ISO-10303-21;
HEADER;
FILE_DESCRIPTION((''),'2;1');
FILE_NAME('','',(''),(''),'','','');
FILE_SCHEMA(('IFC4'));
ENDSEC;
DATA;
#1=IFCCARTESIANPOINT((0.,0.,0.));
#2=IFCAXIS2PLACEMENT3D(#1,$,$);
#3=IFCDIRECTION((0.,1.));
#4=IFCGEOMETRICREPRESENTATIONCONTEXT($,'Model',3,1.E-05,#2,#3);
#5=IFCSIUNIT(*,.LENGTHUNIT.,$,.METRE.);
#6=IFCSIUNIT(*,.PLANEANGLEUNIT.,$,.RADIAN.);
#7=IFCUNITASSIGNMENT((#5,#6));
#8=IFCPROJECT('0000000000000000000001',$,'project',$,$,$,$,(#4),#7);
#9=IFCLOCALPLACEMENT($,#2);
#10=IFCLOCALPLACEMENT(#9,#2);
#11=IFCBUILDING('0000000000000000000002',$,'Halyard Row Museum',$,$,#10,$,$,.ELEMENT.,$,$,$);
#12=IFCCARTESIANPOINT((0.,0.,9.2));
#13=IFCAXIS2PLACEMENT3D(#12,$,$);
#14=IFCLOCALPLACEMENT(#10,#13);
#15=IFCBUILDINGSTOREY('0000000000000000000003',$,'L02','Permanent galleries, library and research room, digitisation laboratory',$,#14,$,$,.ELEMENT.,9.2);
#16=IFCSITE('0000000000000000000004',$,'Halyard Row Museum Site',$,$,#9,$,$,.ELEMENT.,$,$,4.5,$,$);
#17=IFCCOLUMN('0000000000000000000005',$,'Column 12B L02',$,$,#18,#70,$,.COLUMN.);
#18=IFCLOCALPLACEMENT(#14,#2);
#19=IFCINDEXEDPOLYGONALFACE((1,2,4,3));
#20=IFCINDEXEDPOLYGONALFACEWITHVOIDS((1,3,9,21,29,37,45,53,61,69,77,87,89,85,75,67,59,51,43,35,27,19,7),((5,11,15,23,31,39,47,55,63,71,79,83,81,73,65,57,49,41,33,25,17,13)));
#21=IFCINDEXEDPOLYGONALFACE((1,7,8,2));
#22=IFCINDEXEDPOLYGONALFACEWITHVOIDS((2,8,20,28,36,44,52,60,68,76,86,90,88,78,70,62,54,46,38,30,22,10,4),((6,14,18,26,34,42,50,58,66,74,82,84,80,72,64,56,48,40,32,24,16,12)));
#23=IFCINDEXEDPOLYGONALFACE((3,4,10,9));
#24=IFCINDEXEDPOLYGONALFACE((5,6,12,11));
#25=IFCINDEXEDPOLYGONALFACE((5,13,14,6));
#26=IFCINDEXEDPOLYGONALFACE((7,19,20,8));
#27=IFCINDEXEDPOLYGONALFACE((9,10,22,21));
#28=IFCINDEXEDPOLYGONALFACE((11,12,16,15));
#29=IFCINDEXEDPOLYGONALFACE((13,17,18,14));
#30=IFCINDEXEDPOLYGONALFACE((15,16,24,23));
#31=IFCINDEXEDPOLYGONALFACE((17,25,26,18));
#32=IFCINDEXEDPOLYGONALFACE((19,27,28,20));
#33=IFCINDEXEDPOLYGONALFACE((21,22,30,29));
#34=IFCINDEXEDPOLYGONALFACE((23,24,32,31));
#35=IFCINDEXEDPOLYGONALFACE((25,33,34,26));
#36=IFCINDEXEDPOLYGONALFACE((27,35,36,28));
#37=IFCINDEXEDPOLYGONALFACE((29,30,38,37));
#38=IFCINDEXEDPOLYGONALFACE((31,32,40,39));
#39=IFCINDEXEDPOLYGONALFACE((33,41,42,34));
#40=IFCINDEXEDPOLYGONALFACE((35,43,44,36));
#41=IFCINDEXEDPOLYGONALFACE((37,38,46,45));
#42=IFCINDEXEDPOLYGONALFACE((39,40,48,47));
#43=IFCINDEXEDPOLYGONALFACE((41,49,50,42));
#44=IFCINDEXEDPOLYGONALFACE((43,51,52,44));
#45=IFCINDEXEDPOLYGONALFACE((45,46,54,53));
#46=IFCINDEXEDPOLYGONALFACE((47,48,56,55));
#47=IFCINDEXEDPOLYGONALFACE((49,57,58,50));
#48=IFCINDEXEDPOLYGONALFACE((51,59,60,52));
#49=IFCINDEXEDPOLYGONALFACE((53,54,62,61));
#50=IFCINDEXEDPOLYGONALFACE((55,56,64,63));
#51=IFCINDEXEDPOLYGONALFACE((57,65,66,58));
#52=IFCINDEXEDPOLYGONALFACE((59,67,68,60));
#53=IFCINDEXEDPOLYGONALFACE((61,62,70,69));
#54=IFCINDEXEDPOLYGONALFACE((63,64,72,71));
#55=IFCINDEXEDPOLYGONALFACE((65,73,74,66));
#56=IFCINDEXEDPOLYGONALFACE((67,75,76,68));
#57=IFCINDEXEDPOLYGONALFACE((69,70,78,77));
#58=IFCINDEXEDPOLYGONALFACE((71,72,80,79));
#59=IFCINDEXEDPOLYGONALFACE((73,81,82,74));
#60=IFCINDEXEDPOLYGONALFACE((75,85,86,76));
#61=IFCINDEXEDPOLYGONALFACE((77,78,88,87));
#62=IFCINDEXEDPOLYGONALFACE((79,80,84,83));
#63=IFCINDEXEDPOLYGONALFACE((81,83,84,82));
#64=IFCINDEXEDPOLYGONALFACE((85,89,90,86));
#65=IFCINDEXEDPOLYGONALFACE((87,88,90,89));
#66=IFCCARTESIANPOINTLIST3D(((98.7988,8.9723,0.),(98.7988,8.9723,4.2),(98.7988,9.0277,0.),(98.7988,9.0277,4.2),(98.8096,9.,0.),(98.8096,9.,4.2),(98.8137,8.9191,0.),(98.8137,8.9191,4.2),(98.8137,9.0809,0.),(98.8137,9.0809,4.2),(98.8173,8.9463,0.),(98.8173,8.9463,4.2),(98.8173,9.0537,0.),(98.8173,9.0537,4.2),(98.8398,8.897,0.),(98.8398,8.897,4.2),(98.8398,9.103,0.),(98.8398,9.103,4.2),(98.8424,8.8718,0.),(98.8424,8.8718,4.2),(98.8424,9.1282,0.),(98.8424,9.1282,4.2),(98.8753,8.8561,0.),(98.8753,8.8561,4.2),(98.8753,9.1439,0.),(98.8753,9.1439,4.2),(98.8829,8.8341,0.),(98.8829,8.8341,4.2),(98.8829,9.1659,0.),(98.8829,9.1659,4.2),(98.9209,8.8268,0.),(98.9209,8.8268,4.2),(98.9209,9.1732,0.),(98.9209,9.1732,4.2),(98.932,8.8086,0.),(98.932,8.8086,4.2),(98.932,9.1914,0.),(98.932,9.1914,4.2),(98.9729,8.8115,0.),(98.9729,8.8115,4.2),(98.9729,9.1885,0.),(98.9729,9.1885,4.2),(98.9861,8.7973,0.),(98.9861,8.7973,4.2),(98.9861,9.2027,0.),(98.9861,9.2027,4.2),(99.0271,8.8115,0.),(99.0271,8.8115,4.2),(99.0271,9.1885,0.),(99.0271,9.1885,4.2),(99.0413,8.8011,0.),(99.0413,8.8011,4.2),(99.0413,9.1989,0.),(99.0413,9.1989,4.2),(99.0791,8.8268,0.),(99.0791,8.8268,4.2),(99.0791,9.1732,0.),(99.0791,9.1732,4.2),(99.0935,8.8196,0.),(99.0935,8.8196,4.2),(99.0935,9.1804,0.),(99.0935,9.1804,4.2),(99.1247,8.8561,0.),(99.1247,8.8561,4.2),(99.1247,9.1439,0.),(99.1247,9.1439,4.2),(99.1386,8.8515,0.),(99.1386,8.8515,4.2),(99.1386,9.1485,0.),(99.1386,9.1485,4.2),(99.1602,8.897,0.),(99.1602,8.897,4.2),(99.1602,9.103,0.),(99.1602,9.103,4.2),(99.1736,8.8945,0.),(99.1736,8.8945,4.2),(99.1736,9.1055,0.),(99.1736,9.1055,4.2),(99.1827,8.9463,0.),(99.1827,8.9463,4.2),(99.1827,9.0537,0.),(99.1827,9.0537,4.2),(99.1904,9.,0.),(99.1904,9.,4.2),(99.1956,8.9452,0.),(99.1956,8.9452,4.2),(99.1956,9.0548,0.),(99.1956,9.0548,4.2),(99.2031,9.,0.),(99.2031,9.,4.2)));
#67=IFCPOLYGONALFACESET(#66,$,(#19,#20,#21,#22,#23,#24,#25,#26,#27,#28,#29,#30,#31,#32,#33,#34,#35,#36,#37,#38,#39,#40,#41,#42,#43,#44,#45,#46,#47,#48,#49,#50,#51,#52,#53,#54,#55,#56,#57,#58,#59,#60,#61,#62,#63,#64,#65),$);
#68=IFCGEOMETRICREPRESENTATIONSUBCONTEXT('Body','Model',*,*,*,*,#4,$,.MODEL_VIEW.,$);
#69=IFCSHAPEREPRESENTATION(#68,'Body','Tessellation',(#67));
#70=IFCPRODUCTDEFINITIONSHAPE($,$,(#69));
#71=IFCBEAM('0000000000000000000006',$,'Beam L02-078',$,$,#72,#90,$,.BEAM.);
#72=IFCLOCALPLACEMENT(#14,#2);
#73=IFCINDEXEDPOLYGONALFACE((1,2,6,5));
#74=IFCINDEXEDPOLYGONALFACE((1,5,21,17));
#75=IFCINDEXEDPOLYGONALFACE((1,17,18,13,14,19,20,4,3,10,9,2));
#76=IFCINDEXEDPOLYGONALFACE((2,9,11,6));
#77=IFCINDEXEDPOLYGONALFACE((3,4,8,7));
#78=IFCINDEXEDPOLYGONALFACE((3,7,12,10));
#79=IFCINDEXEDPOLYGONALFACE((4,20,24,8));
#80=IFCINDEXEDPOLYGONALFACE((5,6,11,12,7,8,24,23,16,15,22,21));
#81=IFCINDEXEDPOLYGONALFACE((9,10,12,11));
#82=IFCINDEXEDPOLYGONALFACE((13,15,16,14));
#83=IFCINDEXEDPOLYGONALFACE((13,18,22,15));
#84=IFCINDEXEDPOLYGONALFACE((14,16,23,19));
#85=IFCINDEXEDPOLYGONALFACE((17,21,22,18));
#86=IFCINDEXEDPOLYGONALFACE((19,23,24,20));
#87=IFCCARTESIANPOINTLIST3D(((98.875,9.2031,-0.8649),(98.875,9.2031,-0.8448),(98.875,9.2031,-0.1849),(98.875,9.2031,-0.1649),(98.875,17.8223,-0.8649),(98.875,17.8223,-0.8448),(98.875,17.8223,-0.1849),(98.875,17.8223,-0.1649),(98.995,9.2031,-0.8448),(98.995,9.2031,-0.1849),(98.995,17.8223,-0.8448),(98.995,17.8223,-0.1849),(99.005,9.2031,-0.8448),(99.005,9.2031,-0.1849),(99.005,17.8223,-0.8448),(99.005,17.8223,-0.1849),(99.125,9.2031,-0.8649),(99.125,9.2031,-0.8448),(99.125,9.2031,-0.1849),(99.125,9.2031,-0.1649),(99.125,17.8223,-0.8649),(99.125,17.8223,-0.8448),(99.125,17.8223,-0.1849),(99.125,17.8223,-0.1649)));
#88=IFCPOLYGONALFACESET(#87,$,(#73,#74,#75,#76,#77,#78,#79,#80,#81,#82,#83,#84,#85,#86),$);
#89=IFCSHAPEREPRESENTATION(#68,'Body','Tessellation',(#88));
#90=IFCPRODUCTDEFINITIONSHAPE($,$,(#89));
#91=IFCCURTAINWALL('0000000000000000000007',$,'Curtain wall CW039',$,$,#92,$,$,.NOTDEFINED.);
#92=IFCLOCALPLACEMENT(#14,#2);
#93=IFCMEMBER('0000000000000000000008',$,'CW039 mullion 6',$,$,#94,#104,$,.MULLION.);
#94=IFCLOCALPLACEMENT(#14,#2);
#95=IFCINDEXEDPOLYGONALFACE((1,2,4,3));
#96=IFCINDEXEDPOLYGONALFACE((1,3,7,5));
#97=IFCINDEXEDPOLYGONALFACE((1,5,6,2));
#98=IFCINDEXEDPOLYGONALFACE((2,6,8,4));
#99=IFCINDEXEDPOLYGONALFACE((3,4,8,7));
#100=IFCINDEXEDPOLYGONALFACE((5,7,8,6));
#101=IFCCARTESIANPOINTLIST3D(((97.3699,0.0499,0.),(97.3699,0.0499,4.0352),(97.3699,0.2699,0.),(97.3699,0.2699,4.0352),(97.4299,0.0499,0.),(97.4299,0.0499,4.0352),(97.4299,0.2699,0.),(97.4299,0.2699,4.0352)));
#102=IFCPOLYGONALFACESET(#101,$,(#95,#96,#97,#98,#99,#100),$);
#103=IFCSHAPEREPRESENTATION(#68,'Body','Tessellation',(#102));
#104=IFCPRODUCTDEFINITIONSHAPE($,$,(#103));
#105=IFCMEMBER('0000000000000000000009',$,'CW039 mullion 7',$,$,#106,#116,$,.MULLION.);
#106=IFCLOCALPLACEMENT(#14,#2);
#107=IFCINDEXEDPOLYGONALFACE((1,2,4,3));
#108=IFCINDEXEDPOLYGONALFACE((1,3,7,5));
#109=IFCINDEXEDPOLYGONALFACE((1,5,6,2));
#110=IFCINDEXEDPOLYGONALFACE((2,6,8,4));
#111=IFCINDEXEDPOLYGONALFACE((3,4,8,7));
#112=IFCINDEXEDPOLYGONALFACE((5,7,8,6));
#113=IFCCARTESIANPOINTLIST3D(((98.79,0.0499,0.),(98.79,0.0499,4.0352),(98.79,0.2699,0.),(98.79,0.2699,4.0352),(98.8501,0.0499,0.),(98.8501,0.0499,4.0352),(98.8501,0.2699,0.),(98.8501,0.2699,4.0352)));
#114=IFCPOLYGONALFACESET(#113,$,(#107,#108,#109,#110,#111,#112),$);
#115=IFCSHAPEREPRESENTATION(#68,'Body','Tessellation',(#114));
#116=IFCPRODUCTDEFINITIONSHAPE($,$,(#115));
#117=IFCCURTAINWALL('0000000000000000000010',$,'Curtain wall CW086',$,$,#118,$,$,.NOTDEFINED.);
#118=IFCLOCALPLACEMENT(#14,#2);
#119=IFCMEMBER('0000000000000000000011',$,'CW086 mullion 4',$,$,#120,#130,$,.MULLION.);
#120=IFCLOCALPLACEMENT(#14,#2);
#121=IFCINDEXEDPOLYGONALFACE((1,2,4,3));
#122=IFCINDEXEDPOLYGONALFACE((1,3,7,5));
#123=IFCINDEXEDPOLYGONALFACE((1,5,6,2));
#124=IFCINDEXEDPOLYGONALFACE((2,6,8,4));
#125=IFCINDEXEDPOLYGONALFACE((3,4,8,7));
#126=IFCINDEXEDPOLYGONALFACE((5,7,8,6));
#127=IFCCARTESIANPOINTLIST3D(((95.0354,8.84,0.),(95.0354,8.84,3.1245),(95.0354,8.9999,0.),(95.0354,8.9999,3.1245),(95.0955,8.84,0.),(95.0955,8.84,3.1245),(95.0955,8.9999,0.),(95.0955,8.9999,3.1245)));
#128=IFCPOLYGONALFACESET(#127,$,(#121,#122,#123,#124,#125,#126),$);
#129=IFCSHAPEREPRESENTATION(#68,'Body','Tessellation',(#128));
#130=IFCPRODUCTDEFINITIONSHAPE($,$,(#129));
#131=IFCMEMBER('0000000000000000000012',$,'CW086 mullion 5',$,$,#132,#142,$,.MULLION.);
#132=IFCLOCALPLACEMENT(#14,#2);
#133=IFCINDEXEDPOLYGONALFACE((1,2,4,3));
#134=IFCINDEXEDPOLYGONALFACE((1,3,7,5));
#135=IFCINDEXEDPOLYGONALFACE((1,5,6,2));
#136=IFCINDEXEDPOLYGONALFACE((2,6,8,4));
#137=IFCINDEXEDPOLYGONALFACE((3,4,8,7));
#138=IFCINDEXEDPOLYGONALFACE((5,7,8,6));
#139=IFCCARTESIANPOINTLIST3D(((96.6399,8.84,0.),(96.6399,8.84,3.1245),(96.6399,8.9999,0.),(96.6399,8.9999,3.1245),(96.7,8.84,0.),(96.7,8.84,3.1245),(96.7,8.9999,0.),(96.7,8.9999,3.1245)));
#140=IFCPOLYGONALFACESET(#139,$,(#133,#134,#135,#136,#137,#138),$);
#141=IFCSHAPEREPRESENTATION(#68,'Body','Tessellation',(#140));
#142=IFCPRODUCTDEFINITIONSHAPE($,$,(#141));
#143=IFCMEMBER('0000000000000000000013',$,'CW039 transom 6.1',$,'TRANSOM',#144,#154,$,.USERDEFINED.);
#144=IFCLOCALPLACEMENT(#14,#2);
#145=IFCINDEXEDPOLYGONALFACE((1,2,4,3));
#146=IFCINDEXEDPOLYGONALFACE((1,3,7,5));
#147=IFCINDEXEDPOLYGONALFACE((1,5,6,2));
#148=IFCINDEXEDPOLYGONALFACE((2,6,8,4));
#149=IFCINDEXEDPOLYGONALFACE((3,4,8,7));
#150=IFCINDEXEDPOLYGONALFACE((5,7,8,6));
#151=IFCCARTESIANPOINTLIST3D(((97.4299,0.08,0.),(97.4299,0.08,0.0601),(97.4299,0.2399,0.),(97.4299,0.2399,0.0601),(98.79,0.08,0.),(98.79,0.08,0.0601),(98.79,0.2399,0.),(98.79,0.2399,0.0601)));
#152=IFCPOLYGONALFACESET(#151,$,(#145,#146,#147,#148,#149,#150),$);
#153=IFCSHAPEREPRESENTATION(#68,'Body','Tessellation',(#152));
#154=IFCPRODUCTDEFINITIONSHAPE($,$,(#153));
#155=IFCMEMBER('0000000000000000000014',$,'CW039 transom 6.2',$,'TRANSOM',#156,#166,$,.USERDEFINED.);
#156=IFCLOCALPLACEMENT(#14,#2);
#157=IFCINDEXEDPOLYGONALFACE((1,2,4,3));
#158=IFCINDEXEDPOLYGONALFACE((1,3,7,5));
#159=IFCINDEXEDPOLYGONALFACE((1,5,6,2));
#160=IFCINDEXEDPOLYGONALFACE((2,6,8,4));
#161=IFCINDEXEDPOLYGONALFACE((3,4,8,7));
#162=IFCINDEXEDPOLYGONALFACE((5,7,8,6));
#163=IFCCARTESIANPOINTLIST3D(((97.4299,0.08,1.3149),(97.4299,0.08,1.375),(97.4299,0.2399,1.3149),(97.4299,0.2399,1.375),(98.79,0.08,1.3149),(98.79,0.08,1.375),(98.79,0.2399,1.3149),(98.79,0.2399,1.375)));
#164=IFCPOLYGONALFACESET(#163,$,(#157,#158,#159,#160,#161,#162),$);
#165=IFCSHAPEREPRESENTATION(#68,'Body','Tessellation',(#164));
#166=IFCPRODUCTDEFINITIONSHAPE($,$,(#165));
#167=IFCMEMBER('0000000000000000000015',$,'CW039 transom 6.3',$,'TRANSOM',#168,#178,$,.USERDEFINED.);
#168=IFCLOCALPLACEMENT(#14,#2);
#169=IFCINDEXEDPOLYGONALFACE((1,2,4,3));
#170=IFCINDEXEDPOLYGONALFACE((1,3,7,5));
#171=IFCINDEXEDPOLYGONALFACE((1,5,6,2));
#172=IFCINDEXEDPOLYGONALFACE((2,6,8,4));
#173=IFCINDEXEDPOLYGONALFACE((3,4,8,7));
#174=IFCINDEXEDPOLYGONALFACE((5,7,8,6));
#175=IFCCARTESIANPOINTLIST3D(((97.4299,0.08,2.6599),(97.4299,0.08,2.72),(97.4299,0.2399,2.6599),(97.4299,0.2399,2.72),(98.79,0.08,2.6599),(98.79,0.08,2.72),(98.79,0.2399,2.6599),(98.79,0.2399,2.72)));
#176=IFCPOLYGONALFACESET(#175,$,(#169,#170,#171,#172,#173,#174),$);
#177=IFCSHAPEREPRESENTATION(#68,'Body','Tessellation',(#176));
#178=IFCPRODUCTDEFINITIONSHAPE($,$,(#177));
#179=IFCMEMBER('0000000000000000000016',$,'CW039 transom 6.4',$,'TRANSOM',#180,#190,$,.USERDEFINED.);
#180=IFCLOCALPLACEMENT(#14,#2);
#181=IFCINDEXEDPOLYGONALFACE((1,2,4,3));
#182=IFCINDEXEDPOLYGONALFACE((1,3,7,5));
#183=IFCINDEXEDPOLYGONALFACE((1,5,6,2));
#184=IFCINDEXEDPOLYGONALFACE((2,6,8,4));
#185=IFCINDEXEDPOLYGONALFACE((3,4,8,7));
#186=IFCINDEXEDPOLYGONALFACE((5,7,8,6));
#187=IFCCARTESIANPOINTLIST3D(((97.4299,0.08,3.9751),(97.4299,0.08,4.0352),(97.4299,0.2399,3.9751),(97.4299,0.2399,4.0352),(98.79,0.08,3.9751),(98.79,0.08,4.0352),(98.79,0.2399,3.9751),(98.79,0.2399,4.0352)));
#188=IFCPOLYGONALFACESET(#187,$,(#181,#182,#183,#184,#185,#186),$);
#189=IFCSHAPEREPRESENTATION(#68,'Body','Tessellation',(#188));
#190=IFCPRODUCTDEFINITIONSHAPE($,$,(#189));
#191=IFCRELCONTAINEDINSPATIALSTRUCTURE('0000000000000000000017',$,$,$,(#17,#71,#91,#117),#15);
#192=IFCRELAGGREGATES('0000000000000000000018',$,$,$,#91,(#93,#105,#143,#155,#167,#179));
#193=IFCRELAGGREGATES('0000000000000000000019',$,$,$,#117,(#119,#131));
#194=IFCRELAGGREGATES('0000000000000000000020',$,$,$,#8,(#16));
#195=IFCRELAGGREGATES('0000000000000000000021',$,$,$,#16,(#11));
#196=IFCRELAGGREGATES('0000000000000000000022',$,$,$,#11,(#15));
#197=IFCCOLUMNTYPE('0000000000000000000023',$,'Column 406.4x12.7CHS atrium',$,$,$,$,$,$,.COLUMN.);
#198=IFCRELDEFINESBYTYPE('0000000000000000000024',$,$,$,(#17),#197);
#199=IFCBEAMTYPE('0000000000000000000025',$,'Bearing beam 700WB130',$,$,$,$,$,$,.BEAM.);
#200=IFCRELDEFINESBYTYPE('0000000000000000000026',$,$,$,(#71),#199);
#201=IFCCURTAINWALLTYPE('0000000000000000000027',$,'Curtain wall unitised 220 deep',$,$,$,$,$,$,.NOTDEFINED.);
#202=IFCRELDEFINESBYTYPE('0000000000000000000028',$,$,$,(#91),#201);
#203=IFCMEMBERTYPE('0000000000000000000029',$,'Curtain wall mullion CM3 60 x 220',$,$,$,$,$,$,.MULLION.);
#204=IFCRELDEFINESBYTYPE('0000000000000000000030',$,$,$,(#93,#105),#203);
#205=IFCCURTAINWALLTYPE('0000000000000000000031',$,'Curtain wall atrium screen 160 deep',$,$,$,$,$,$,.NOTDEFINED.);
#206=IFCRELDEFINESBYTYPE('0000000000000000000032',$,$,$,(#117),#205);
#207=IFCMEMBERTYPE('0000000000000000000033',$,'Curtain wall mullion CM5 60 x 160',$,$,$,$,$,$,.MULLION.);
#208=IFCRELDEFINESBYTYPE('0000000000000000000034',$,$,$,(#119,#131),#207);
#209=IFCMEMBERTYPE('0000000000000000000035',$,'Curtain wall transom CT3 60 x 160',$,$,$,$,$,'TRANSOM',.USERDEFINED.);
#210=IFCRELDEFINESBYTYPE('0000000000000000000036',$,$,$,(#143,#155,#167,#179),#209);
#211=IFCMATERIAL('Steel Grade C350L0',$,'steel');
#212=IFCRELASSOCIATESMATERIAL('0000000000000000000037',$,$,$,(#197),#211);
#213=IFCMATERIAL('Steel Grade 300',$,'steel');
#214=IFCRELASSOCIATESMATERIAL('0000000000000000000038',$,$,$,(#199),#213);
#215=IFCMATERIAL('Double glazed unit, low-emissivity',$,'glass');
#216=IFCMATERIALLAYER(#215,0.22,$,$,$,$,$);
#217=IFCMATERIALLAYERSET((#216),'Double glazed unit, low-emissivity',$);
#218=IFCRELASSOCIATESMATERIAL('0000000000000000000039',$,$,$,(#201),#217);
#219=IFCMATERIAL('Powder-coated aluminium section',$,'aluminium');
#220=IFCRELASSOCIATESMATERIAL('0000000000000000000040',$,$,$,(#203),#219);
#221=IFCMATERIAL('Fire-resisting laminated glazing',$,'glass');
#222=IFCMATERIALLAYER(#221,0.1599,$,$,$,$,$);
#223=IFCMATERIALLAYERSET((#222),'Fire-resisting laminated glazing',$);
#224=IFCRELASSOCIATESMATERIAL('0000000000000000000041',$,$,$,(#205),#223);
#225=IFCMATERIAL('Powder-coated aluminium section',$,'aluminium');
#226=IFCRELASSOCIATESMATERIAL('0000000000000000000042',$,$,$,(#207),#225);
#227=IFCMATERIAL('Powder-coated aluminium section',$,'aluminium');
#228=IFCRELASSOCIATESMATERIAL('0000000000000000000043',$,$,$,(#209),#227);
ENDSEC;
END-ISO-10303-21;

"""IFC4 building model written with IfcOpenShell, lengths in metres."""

from ifc_helpers import new_model, si_unit, direction, frame, origin, origin_2d, place, context, subcontext, project, spatial, rectangle, hollow_circle, i_section, extrude, material, layer, layer_set, material_profile, profile_set, type_object, element, aggregate, save


model = new_model("IFC4")

# Units and contexts
model_context = context("Model", 3, precision=1e-05, world=origin(), true_north=direction((0.0, 1.0)))
body_context = subcontext(model_context, "Body", "Model", "MODEL_VIEW")
ifc_project = project(units=[si_unit("LENGTHUNIT", "METRE"), si_unit("PLANEANGLEUNIT", "RADIAN")], contexts=[model_context])

# Site, building, storey
site_placement = place(None, origin())
site = spatial("IfcSite", under=ifc_project, at=site_placement, Name="Halyard Row Museum Site", CompositionType="ELEMENT", RefElevation=4.5)
building_placement = place(site_placement, origin())
building = spatial("IfcBuilding", under=site, at=building_placement, Name="Halyard Row Museum", CompositionType="ELEMENT")
storey_placement = place(building_placement, frame((0.0, 0.0, 9.2)))
storey = spatial("IfcBuildingStorey", under=building, at=storey_placement, Name="L02", Description="Permanent galleries, library and research room, digitisation laboratory", CompositionType="ELEMENT", Elevation=9.2)

# Column
ifc_material_1 = material(Name="Steel Grade C350L0", Category="steel")
ifc_material_profile_1 = material_profile(ifc_material_1, hollow_circle(Radius=0.2031, WallThickness=0.0127, at=origin_2d()), Name="406.4x12.7CHS")
ifc_profile_set_1 = profile_set([ifc_material_profile_1], Name="Steel Grade C350L0")
column_type = type_object("IfcColumnType", Name="Column 406.4x12.7CHS atrium", PredefinedType="COLUMN", material=ifc_profile_set_1)
column_placement = place(storey_placement, frame((99.0, 9.0, 0.0), z_axis=(0.0, 0.0, 1.0), x_axis=(1.0, 0.0, 0.0)))
element("IfcColumn", 1, at=column_placement, inside=storey, type_object=column_type, Name="Column 12B L02", PredefinedType="COLUMN", context=body_context, shape_type="SweptSolid", body=[
    extrude(hollow_circle(Radius=0.2031, WallThickness=0.0127, at=origin_2d()), origin(), (0.0, 0.0, 1.0), 4.2),
])

# Beam
ifc_material_2 = material(Name="Steel Grade 300", Category="steel")
ifc_material_profile_2 = material_profile(ifc_material_2, i_section(OverallWidth=0.25, OverallDepth=0.7, WebThickness=0.01, FlangeThickness=0.02, at=origin_2d()), Name="700WB130")
ifc_profile_set_2 = profile_set([ifc_material_profile_2], Name="Steel Grade 300")
beam_type = type_object("IfcBeamType", Name="Bearing beam 700WB130", PredefinedType="BEAM", material=ifc_profile_set_2)
beam_placement = place(storey_placement, frame((99.0, 9.2031, -0.5149), z_axis=(0.0, 1.0, 0.0), x_axis=(-1.0, 0.0, 0.0)))
element("IfcBeam", 2, at=beam_placement, inside=storey, type_object=beam_type, Name="Beam L02-078", PredefinedType="BEAM", context=body_context, shape_type="SweptSolid", body=[
    extrude(i_section(OverallWidth=0.25, OverallDepth=0.7, WebThickness=0.01, FlangeThickness=0.02, at=origin_2d()), origin(), (0.0, 0.0, 1.0), 8.6191),
])

# Curtain walls, members
ifc_material_3 = material(Name="Double glazed unit, low-emissivity", Category="glass")
ifc_layer_1 = layer(ifc_material_3, 0.22)
ifc_layer_set_1 = layer_set([ifc_layer_1], Name="Double glazed unit, low-emissivity")
curtain_wall_type_1 = type_object("IfcCurtainWallType", Name="Curtain wall unitised 220 deep", PredefinedType="NOTDEFINED", material=ifc_layer_set_1)
curtain_wall_1_placement = place(storey_placement, origin())
curtain_wall_1 = element("IfcCurtainWall", 3, at=curtain_wall_1_placement, inside=storey, type_object=curtain_wall_type_1, Name="Curtain wall CW039", PredefinedType="NOTDEFINED")
ifc_material_4 = material(Name="Powder-coated aluminium section", Category="aluminium")
ifc_material_profile_3 = material_profile(ifc_material_4, rectangle(XDim=0.22, YDim=0.0601, at=origin_2d()), Name="220x60 mullion")
ifc_profile_set_3 = profile_set([ifc_material_profile_3], Name="Powder-coated aluminium section")
member_type_1 = type_object("IfcMemberType", Name="Curtain wall mullion CM3 60 x 220", PredefinedType="MULLION", material=ifc_profile_set_3)
member_1_placement = place(storey_placement, frame((97.3999, 0.1599, 0.0), z_axis=(0.0, 0.0, 1.0), x_axis=(0.0, 1.0, 0.0)))
member_1 = element("IfcMember", 4, at=member_1_placement, type_object=member_type_1, Name="CW039 mullion 6", PredefinedType="MULLION", context=body_context, shape_type="SweptSolid", body=[
    extrude(rectangle(XDim=0.22, YDim=0.0601, at=origin_2d()), origin(), (0.0, 0.0, 1.0), 4.0352),
])
member_2_placement = place(storey_placement, frame((98.8201, 0.1599, 0.0), z_axis=(0.0, 0.0, 1.0), x_axis=(0.0, 1.0, 0.0)))
member_2 = element("IfcMember", 5, at=member_2_placement, type_object=member_type_1, Name="CW039 mullion 7", PredefinedType="MULLION", context=body_context, shape_type="SweptSolid", body=[
    extrude(rectangle(XDim=0.22, YDim=0.0601, at=origin_2d()), origin(), (0.0, 0.0, 1.0), 4.0352),
])
ifc_material_5 = material(Name="Fire-resisting laminated glazing", Category="glass")
ifc_layer_2 = layer(ifc_material_5, 0.1599)
ifc_layer_set_2 = layer_set([ifc_layer_2], Name="Fire-resisting laminated glazing")
curtain_wall_type_2 = type_object("IfcCurtainWallType", Name="Curtain wall atrium screen 160 deep", PredefinedType="NOTDEFINED", material=ifc_layer_set_2)
curtain_wall_2_placement = place(storey_placement, origin())
curtain_wall_2 = element("IfcCurtainWall", 6, at=curtain_wall_2_placement, inside=storey, type_object=curtain_wall_type_2, Name="Curtain wall CW086", PredefinedType="NOTDEFINED")
ifc_material_6 = material(Name="Powder-coated aluminium section", Category="aluminium")
ifc_material_profile_4 = material_profile(ifc_material_6, rectangle(XDim=0.1599, YDim=0.0601, at=origin_2d()), Name="160x60 mullion")
ifc_profile_set_4 = profile_set([ifc_material_profile_4], Name="Powder-coated aluminium section")
member_type_2 = type_object("IfcMemberType", Name="Curtain wall mullion CM5 60 x 160", PredefinedType="MULLION", material=ifc_profile_set_4)
member_3_placement = place(storey_placement, frame((95.0654, 8.9199, 0.0), z_axis=(0.0, 0.0, 1.0), x_axis=(0.0, 1.0, 0.0)))
member_3 = element("IfcMember", 7, at=member_3_placement, type_object=member_type_2, Name="CW086 mullion 4", PredefinedType="MULLION", context=body_context, shape_type="SweptSolid", body=[
    extrude(rectangle(XDim=0.1599, YDim=0.0601, at=origin_2d()), origin(), (0.0, 0.0, 1.0), 3.1245),
])
member_4_placement = place(storey_placement, frame((96.6699, 8.9199, 0.0), z_axis=(0.0, 0.0, 1.0), x_axis=(0.0, 1.0, 0.0)))
member_4 = element("IfcMember", 8, at=member_4_placement, type_object=member_type_2, Name="CW086 mullion 5", PredefinedType="MULLION", context=body_context, shape_type="SweptSolid", body=[
    extrude(rectangle(XDim=0.1599, YDim=0.0601, at=origin_2d()), origin(), (0.0, 0.0, 1.0), 3.1245),
])

# Members
ifc_material_7 = material(Name="Powder-coated aluminium section", Category="aluminium")
ifc_material_profile_5 = material_profile(ifc_material_7, rectangle(XDim=0.1599, YDim=0.0601, at=origin_2d()), Name="160x60 transom")
ifc_profile_set_5 = profile_set([ifc_material_profile_5], Name="Powder-coated aluminium section")
member_type_3 = type_object("IfcMemberType", Name="Curtain wall transom CT3 60 x 160", ElementType="TRANSOM", PredefinedType="USERDEFINED", material=ifc_profile_set_5)
member_5_placement = place(storey_placement, frame((97.4299, 0.1599, 0.03), z_axis=(1.0, 0.0, 0.0), x_axis=(0.0, 1.0, 0.0)))
member_5 = element("IfcMember", 9, at=member_5_placement, type_object=member_type_3, Name="CW039 transom 6.1", ObjectType="TRANSOM", PredefinedType="USERDEFINED", context=body_context, shape_type="SweptSolid", body=[
    extrude(rectangle(XDim=0.1599, YDim=0.0601, at=origin_2d()), origin(), (0.0, 0.0, 1.0), 1.3601),
])
member_6_placement = place(storey_placement, frame((97.4299, 0.1599, 1.345), z_axis=(1.0, 0.0, 0.0), x_axis=(0.0, 1.0, 0.0)))
member_6 = element("IfcMember", 10, at=member_6_placement, type_object=member_type_3, Name="CW039 transom 6.2", ObjectType="TRANSOM", PredefinedType="USERDEFINED", context=body_context, shape_type="SweptSolid", body=[
    extrude(rectangle(XDim=0.1599, YDim=0.0601, at=origin_2d()), origin(), (0.0, 0.0, 1.0), 1.3601),
])
member_7_placement = place(storey_placement, frame((97.4299, 0.1599, 2.6899), z_axis=(1.0, 0.0, 0.0), x_axis=(0.0, 1.0, 0.0)))
member_7 = element("IfcMember", 11, at=member_7_placement, type_object=member_type_3, Name="CW039 transom 6.3", ObjectType="TRANSOM", PredefinedType="USERDEFINED", context=body_context, shape_type="SweptSolid", body=[
    extrude(rectangle(XDim=0.1599, YDim=0.0601, at=origin_2d()), origin(), (0.0, 0.0, 1.0), 1.3601),
])
member_8_placement = place(storey_placement, frame((97.4299, 0.1599, 4.0051), z_axis=(1.0, 0.0, 0.0), x_axis=(0.0, 1.0, 0.0)))
member_8 = element("IfcMember", 12, at=member_8_placement, type_object=member_type_3, Name="CW039 transom 6.4", ObjectType="TRANSOM", PredefinedType="USERDEFINED", context=body_context, shape_type="SweptSolid", body=[
    extrude(rectangle(XDim=0.1599, YDim=0.0601, at=origin_2d()), origin(), (0.0, 0.0, 1.0), 1.3601),
])

aggregate(curtain_wall_1, [member_1, member_2, member_5, member_6, member_7, member_8])
aggregate(curtain_wall_2, [member_3, member_4])

save(model, "model.ifc")
